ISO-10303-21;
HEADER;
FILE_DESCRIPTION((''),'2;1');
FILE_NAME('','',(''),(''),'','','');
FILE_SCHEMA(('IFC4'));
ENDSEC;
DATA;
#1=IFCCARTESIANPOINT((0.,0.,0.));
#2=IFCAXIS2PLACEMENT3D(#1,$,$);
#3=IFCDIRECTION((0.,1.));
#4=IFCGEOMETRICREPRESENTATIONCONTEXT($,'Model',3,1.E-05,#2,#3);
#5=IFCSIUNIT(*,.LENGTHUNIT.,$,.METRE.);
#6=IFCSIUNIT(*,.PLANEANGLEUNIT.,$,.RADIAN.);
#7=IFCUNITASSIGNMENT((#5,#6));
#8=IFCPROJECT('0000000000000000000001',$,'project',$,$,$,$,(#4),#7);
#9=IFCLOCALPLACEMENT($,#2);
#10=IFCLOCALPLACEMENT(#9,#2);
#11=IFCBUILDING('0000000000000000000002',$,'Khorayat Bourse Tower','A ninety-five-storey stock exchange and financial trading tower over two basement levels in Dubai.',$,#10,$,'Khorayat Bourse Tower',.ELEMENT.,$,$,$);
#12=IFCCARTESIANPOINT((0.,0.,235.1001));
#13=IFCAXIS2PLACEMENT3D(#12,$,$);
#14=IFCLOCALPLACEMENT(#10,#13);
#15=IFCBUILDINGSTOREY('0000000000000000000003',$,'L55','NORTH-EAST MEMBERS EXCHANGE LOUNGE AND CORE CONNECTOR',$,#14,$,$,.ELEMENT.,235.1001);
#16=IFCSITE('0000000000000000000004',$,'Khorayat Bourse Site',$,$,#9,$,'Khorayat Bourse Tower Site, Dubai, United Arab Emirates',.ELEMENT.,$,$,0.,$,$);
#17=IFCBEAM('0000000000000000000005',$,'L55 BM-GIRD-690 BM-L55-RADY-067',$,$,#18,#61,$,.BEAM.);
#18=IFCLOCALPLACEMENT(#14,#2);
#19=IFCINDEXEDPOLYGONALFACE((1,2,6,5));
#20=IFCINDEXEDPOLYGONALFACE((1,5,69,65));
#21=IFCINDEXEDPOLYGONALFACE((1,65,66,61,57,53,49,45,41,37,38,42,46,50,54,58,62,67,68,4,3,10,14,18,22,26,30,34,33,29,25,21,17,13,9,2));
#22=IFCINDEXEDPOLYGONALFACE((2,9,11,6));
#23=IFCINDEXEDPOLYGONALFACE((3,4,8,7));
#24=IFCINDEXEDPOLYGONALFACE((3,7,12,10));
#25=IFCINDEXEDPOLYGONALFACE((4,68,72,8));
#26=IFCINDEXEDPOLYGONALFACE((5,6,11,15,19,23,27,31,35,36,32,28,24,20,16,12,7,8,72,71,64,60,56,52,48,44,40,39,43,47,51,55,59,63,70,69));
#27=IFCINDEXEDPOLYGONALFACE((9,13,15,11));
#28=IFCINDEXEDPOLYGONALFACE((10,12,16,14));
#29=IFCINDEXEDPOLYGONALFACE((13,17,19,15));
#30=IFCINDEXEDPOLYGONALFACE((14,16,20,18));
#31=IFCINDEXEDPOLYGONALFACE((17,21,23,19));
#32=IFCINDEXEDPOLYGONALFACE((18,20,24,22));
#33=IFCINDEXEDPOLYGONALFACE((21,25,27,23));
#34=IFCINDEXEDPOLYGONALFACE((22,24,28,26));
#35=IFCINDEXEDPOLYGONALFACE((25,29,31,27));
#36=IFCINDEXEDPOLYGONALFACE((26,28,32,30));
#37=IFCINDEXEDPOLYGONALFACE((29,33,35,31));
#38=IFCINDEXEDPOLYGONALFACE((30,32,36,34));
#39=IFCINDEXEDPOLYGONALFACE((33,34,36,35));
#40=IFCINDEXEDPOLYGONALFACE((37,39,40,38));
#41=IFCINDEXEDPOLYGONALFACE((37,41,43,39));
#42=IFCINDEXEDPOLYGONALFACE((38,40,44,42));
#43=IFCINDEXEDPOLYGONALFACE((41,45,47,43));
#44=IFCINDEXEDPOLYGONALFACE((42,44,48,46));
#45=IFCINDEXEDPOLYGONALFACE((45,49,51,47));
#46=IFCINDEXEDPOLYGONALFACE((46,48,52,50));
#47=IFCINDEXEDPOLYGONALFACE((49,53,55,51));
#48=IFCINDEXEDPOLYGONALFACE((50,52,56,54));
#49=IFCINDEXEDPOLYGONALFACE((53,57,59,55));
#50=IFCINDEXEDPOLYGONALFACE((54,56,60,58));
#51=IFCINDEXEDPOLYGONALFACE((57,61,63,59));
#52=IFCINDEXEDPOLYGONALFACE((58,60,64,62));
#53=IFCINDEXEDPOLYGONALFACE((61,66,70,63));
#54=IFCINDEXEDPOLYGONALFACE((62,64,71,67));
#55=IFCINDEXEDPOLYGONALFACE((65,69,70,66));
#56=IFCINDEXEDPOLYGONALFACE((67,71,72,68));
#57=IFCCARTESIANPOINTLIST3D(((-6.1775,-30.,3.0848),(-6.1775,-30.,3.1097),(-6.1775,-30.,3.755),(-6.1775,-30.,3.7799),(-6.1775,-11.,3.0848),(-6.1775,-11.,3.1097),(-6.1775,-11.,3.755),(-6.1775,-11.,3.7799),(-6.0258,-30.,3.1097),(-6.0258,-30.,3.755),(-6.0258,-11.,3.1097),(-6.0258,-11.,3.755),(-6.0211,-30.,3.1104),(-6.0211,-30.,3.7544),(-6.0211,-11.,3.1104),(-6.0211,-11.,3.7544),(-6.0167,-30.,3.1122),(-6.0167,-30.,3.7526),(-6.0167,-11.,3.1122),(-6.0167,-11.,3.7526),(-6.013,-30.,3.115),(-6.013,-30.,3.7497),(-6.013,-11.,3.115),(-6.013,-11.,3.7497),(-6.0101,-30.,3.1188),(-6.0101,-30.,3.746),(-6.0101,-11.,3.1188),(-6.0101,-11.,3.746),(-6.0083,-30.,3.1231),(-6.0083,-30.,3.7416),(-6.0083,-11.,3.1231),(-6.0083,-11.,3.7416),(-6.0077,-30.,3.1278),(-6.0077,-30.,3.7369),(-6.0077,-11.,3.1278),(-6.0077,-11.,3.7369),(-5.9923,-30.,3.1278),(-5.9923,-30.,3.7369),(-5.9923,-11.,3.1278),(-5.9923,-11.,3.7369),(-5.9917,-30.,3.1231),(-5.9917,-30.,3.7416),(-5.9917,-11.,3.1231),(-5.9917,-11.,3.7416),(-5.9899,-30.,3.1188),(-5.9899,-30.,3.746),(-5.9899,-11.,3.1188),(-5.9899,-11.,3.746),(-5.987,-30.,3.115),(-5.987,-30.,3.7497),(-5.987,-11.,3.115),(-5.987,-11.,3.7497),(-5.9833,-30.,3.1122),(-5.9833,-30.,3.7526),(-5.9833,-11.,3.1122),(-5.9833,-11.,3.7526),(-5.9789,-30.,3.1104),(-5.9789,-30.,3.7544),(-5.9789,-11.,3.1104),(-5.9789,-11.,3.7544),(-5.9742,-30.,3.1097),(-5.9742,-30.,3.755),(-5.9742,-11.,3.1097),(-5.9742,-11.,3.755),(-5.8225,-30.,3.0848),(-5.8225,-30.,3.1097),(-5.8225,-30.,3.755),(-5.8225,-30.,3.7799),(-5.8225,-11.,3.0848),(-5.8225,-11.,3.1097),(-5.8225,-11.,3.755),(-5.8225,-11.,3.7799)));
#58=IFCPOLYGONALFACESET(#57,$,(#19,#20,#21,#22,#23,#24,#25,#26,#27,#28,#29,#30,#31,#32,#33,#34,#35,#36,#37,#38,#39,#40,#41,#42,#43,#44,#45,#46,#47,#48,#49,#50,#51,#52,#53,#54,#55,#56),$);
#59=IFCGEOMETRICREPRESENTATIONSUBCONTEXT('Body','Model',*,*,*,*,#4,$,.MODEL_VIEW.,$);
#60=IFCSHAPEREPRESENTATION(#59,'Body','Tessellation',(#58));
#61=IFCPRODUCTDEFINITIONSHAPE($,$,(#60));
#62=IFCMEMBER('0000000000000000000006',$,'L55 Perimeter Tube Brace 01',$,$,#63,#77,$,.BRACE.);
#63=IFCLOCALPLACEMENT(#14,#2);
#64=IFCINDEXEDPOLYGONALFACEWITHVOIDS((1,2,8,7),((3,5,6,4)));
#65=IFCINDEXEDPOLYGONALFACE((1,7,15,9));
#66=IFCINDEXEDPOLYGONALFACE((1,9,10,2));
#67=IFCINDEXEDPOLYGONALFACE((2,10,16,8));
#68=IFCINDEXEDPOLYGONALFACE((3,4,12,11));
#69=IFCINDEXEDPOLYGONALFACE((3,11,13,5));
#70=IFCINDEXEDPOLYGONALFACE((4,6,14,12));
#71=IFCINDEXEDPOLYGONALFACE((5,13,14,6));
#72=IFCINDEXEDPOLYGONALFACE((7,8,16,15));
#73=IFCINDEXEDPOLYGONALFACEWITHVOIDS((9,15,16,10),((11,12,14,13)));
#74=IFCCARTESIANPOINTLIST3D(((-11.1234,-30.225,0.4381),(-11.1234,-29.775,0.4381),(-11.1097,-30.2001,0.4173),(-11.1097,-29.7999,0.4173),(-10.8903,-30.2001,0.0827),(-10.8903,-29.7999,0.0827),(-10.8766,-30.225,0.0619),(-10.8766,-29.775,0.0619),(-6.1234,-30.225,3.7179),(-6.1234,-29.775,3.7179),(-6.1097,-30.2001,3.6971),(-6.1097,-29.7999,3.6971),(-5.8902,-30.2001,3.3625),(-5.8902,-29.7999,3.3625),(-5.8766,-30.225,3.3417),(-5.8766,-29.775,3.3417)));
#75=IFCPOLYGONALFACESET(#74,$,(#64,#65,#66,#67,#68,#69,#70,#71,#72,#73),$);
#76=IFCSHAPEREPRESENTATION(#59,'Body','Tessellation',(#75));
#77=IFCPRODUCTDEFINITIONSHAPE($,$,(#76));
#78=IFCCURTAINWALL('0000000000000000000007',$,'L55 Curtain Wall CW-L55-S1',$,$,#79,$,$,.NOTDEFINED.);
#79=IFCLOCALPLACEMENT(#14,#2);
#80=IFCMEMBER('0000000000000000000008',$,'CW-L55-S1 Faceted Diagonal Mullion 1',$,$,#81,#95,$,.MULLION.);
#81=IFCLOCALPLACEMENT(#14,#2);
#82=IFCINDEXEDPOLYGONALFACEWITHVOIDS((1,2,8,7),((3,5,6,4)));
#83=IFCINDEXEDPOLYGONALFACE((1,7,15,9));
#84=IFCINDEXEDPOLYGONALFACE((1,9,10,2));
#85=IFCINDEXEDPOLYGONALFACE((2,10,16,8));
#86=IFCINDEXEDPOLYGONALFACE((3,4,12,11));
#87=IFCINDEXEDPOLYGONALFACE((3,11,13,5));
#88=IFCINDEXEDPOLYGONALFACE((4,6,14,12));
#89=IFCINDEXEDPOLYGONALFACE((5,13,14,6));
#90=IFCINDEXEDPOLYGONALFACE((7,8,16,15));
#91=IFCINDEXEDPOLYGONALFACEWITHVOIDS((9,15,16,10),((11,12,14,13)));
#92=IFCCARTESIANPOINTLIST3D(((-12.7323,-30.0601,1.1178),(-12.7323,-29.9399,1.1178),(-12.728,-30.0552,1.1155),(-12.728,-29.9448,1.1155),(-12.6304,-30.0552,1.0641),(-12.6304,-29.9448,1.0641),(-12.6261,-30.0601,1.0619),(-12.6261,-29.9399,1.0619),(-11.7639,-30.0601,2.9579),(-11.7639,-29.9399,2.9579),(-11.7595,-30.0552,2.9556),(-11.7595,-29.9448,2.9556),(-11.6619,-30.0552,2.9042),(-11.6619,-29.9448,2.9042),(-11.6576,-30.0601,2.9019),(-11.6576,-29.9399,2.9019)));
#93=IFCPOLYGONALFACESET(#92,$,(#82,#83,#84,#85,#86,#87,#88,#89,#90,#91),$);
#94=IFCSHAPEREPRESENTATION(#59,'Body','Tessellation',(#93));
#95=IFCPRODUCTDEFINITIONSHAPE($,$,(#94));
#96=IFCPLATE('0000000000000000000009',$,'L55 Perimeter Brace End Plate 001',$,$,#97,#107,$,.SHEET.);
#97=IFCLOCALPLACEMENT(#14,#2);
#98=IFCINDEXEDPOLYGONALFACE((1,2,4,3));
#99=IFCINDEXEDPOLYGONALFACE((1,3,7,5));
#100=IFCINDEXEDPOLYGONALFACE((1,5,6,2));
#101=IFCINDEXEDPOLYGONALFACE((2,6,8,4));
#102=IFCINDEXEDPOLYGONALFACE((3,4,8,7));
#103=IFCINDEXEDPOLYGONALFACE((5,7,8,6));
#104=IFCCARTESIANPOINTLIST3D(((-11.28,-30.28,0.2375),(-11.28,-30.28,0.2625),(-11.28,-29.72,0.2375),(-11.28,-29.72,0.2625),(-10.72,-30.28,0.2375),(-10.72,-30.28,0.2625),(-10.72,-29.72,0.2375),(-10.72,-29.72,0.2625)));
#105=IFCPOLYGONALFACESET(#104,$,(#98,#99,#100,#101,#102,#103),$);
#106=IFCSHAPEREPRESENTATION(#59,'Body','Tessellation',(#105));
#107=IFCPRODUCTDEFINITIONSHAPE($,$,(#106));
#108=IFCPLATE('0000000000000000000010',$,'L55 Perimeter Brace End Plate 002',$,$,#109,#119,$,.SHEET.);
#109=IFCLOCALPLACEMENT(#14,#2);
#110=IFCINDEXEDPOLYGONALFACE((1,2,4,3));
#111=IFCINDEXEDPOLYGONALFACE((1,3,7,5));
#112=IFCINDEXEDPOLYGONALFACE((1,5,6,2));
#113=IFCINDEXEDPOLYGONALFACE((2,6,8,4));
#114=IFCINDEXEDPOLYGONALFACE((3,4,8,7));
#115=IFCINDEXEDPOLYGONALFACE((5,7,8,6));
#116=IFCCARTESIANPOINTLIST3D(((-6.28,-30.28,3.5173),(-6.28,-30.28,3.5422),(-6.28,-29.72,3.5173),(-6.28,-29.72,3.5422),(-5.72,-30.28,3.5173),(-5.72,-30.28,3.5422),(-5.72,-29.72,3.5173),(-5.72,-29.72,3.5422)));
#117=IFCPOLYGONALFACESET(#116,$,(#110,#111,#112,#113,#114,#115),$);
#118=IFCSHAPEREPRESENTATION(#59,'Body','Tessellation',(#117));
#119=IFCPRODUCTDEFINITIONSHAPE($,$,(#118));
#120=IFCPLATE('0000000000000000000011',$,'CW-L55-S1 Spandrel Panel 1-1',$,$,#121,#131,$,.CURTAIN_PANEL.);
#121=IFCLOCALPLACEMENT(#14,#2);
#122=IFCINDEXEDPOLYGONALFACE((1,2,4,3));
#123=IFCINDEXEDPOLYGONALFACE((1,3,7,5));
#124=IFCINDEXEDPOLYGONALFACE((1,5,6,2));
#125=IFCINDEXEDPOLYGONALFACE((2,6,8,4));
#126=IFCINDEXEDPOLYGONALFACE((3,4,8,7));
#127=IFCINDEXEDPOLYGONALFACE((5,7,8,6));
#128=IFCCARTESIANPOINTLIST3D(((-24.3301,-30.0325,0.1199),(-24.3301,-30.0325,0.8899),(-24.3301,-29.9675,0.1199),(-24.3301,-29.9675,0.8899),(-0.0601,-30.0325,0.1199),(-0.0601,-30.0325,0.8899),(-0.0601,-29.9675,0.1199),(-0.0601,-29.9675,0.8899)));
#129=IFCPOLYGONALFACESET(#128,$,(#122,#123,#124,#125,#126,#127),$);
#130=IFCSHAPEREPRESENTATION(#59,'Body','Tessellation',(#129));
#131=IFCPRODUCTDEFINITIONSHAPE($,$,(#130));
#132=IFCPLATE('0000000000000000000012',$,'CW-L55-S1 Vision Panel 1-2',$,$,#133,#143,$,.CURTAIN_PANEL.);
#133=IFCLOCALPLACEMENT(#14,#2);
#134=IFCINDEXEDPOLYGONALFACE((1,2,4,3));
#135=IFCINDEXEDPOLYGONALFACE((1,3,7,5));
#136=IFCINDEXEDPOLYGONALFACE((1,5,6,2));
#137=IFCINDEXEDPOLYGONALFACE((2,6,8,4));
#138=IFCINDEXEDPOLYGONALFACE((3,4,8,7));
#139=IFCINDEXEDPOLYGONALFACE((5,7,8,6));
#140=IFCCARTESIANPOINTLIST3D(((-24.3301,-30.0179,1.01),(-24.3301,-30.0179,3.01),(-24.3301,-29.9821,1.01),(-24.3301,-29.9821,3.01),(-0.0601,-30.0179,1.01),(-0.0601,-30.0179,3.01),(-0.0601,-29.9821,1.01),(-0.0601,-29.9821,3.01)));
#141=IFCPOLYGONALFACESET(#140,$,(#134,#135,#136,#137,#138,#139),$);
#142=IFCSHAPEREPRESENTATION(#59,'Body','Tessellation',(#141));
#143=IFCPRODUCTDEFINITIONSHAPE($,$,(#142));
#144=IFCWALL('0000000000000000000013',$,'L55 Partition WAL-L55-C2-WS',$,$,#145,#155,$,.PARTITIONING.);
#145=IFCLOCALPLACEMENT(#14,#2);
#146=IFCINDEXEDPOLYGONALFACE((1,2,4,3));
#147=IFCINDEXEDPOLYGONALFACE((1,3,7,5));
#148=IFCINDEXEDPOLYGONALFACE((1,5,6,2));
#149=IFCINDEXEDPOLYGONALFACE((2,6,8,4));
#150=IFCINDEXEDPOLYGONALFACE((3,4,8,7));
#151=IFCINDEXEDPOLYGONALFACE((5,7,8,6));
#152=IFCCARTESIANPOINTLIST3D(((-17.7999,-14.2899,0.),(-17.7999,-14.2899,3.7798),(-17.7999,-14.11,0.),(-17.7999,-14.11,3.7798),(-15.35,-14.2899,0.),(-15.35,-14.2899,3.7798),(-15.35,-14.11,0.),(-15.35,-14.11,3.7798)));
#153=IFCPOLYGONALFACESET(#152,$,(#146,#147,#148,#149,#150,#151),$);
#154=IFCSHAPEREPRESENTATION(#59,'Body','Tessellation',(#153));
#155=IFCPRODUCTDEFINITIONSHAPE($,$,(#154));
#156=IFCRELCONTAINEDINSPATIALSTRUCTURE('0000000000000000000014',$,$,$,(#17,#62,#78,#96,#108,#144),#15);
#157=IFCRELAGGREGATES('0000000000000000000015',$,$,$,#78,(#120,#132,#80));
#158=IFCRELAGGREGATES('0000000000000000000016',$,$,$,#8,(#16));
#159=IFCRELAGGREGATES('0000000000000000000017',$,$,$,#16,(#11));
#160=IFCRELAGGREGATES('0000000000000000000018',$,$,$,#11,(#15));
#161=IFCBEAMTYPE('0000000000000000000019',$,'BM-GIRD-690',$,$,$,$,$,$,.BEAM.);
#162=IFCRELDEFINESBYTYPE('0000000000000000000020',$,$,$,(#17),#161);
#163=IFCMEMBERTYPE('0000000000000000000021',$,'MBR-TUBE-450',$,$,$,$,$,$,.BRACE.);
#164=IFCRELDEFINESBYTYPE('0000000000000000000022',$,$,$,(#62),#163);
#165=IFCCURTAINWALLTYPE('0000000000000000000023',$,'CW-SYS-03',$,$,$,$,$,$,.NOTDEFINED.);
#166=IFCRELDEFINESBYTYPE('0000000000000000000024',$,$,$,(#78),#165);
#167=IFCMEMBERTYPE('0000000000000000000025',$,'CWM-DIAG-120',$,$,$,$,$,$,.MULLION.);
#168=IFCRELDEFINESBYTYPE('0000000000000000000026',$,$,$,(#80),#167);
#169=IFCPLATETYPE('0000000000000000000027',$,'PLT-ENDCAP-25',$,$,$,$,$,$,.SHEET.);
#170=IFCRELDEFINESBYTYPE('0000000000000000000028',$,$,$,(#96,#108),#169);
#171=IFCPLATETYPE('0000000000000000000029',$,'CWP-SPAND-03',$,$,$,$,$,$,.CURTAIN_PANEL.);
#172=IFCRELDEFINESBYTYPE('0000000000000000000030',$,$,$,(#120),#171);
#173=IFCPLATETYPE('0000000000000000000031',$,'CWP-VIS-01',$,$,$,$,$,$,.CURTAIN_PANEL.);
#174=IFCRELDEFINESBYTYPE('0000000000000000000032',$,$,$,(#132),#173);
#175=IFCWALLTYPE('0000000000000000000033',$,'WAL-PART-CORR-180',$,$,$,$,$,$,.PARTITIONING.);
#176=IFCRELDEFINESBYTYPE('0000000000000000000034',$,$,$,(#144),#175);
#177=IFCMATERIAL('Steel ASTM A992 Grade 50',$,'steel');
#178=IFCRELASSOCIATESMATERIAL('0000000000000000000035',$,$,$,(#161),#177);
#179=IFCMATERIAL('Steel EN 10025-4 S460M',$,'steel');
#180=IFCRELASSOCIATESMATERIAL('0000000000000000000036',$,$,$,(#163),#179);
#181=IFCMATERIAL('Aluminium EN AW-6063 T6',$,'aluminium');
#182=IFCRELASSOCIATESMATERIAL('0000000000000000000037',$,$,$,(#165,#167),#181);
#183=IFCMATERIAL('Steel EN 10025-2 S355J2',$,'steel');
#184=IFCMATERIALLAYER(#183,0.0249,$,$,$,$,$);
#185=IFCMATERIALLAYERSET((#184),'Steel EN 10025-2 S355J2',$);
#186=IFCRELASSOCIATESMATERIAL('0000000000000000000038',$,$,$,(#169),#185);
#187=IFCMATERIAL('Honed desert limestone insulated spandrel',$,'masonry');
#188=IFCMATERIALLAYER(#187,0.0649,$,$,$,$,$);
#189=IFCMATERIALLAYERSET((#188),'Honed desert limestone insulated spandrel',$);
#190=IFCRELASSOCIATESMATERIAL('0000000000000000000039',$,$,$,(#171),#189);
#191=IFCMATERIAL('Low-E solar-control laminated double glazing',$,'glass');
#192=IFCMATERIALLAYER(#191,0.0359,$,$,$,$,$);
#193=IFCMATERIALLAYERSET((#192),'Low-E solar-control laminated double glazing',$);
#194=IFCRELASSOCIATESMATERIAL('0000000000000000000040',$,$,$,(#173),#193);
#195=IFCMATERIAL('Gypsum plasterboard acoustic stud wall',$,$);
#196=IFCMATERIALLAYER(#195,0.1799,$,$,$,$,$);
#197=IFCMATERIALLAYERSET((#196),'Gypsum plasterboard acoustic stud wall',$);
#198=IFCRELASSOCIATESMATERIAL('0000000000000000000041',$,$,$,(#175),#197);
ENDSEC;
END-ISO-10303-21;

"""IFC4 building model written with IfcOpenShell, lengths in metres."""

from ifc_helpers import new_model, si_unit, direction, frame, frame_2d, origin, origin_2d, place, context, subcontext, project, spatial, rectangle, hollow_rectangle, i_section, extrude, source, transform, mapped, material, layer, layer_set, material_profile, profile_set, type_object, element, aggregate, save


model = new_model("IFC4")

# Units and contexts
model_context = context("Model", 3, precision=1e-05, world=origin(), true_north=direction((0.0, 1.0)))
body_context = subcontext(model_context, "Body", "Model", "MODEL_VIEW")
ifc_project = project(units=[si_unit("LENGTHUNIT", "METRE"), si_unit("PLANEANGLEUNIT", "RADIAN")], contexts=[model_context])

# Site, building, storey
site_placement = place(None, origin())
site = spatial("IfcSite", under=ifc_project, at=site_placement, Name="Khorayat Bourse Site", LongName="Khorayat Bourse Tower Site, Dubai, United Arab Emirates", CompositionType="ELEMENT", RefElevation=0.0)
building_placement = place(site_placement, origin())
building = spatial("IfcBuilding", under=site, at=building_placement, Name="Khorayat Bourse Tower", Description="A ninety-five-storey stock exchange and financial trading tower over two basement levels in Dubai.", LongName="Khorayat Bourse Tower", CompositionType="ELEMENT")
storey_placement = place(building_placement, frame((0.0, 0.0, 235.1001)))
storey = spatial("IfcBuildingStorey", under=building, at=storey_placement, Name="L55", Description="NORTH-EAST MEMBERS EXCHANGE LOUNGE AND CORE CONNECTOR", CompositionType="ELEMENT", Elevation=235.1001)

# Shared definitions
ifc_material_1 = material(Name="Steel EN 10025-4 S460M", Category="steel")

# Beam
ifc_material_2 = material(Name="Steel ASTM A992 Grade 50", Category="steel")
ifc_material_profile_1 = material_profile(ifc_material_2, i_section(OverallWidth=0.355, OverallDepth=0.6951, WebThickness=0.0154, FlangeThickness=0.0249, FilletRadius=0.0181, at=origin_2d()), Name="W690X217")
ifc_profile_set_1 = profile_set([ifc_material_profile_1], Name="Steel ASTM A992 Grade 50")
beam_type_1 = type_object("IfcBeamType", Name="BM-GIRD-690", PredefinedType="BEAM", material=ifc_profile_set_1)
shared_shape_1 = source(origin(), body_context, "Body", "SweptSolid", [
    extrude(i_section(OverallWidth=0.355, OverallDepth=0.6951, WebThickness=0.0154, FlangeThickness=0.0249, FilletRadius=0.0181, at=origin_2d()), origin(), (0.0, 0.0, 1.0), 19.0),
])
for number, where, z_axis, x_axis, name in (
    (1, (-6.0, -30.0, 3.4324), (0.0, 1.0, 0.0), (-1.0, 0.0, 0.0), "L55 BM-GIRD-690 BM-L55-RADY-067"),
):
    element("IfcBeam", number, at=place(storey_placement, frame(where, z_axis=z_axis, x_axis=x_axis)), inside=storey, type_object=beam_type_1, Name=name, PredefinedType="BEAM", context=body_context, shape_type="MappedRepresentation", body=[
        mapped(shared_shape_1, transform((0.0, 0.0, 0.0), scale=1.0)),
    ])

# Member
ifc_material_profile_2 = material_profile(ifc_material_1, hollow_rectangle(XDim=0.45, YDim=0.45, WallThickness=0.0249, at=origin_2d()), Name="HSS 450x450x25")
ifc_profile_set_2 = profile_set([ifc_material_profile_2], Name="Steel EN 10025-4 S460M")
member_type_1 = type_object("IfcMemberType", Name="MBR-TUBE-450", PredefinedType="BRACE", material=ifc_profile_set_2)
shared_shape_2 = source(origin(), body_context, "Body", "SweptSolid", [
    extrude(hollow_rectangle(XDim=0.45, YDim=0.45, WallThickness=0.0249, at=origin_2d()), origin(), (0.0, 0.0, 1.0), 5.9797),
])
member_1_placement = place(storey_placement, frame((-11.0, -30.0, 0.25), z_axis=(0.83616, 0.0, 0.548485), x_axis=(0.0, 1.0, 0.0)))
element("IfcMember", 2, at=member_1_placement, inside=storey, type_object=member_type_1, Name="L55 Perimeter Tube Brace 01", PredefinedType="BRACE", context=body_context, shape_type="MappedRepresentation", body=[
    mapped(shared_shape_2, transform((0.0, 0.0, 0.0), scale=1.0)),
])

# Curtain wall, member
ifc_material_3 = material(Name="Aluminium EN AW-6063 T6", Category="aluminium")
curtain_wall_type = type_object("IfcCurtainWallType", Name="CW-SYS-03", PredefinedType="NOTDEFINED", material=ifc_material_3)
curtain_wall_placement = place(storey_placement, origin())
curtain_wall = element("IfcCurtainWall", 3, at=curtain_wall_placement, inside=storey, type_object=curtain_wall_type, Name="L55 Curtain Wall CW-L55-S1", PredefinedType="NOTDEFINED")
ifc_material_profile_3 = material_profile(ifc_material_3, hollow_rectangle(XDim=0.1201, YDim=0.1201, WallThickness=0.0049, at=origin_2d()), Name="ALU 120x120x5")
ifc_profile_set_3 = profile_set([ifc_material_profile_3], Name="Aluminium EN AW-6063 T6")
member_type_2 = type_object("IfcMemberType", Name="CWM-DIAG-120", PredefinedType="MULLION", material=ifc_profile_set_3)
shared_shape_3 = source(origin(), body_context, "Body", "SweptSolid", [
    extrude(hollow_rectangle(XDim=0.1201, YDim=0.1201, WallThickness=0.0049, at=origin_2d()), origin(), (0.0, 0.0, 1.0), 2.0793),
])
member_2_placement = place(storey_placement, frame((-12.6792, -30.0, 1.0898), z_axis=(0.465761, 0.0, 0.884911), x_axis=(0.0, 1.0, 0.0)))
member_2 = element("IfcMember", 4, at=member_2_placement, type_object=member_type_2, Name="CW-L55-S1 Faceted Diagonal Mullion 1", PredefinedType="MULLION", context=body_context, shape_type="MappedRepresentation", body=[
    mapped(shared_shape_3, transform((0.0, 0.0, 0.0), scale=1.0)),
])

# Plates
ifc_material_4 = material(Name="Steel EN 10025-2 S355J2", Category="steel")
ifc_layer_1 = layer(ifc_material_4, 0.0249)
ifc_layer_set_1 = layer_set([ifc_layer_1], Name="Steel EN 10025-2 S355J2")
plate_type_1 = type_object("IfcPlateType", Name="PLT-ENDCAP-25", PredefinedType="SHEET", material=ifc_layer_set_1)
shared_shape_4 = source(origin(), body_context, "Body", "SweptSolid", [
    extrude(rectangle(XDim=0.5601, YDim=0.5601, at=origin_2d()), origin(), (0.0, 0.0, 1.0), 0.0249),
])
for number, where, z_axis, x_axis, name in (
    (5, (-11.0, -30.0, 0.2375), (0.0, 0.0, 1.0), (1.0, 0.0, 0.0), "L55 Perimeter Brace End Plate 001"),
    (6, (-6.0, -30.0, 3.5173), (0.0, 0.0, 1.0), (1.0, 0.0, 0.0), "L55 Perimeter Brace End Plate 002"),
):
    element("IfcPlate", number, at=place(storey_placement, frame(where, z_axis=z_axis, x_axis=x_axis)), inside=storey, type_object=plate_type_1, Name=name, PredefinedType="SHEET", context=body_context, shape_type="MappedRepresentation", body=[
        mapped(shared_shape_4, transform((0.0, 0.0, 0.0), scale=1.0)),
    ])

# Plates
ifc_material_5 = material(Name="Honed desert limestone insulated spandrel", Category="masonry")
ifc_layer_2 = layer(ifc_material_5, 0.0649)
ifc_layer_set_2 = layer_set([ifc_layer_2], Name="Honed desert limestone insulated spandrel")
plate_type_2 = type_object("IfcPlateType", Name="CWP-SPAND-03", PredefinedType="CURTAIN_PANEL", material=ifc_layer_set_2)
shared_shape_5 = source(origin(), body_context, "Body", "SweptSolid", [
    extrude(rectangle(XDim=24.27, YDim=0.0649, at=origin_2d()), origin(), (0.0, 0.0, 1.0), 0.77),
])
plate_1_placement = place(storey_placement, frame((-12.1951, -30.0, 0.1199), z_axis=(0.0, 0.0, 1.0), x_axis=(1.0, 0.0, 0.0)))
plate_1 = element("IfcPlate", 7, at=plate_1_placement, type_object=plate_type_2, Name="CW-L55-S1 Spandrel Panel 1-1", PredefinedType="CURTAIN_PANEL", context=body_context, shape_type="MappedRepresentation", body=[
    mapped(shared_shape_5, transform((0.0, 0.0, 0.0), scale=1.0)),
])
ifc_material_6 = material(Name="Low-E solar-control laminated double glazing", Category="glass")
ifc_layer_3 = layer(ifc_material_6, 0.0359)
ifc_layer_set_3 = layer_set([ifc_layer_3], Name="Low-E solar-control laminated double glazing")
plate_type_3 = type_object("IfcPlateType", Name="CWP-VIS-01", PredefinedType="CURTAIN_PANEL", material=ifc_layer_set_3)
shared_shape_6 = source(origin(), body_context, "Body", "SweptSolid", [
    extrude(rectangle(XDim=24.27, YDim=0.0359, at=origin_2d()), origin(), (0.0, 0.0, 1.0), 2.0),
])
plate_2_placement = place(storey_placement, frame((-12.1951, -30.0, 1.01), z_axis=(0.0, 0.0, 1.0), x_axis=(1.0, 0.0, 0.0)))
plate_2 = element("IfcPlate", 8, at=plate_2_placement, type_object=plate_type_3, Name="CW-L55-S1 Vision Panel 1-2", PredefinedType="CURTAIN_PANEL", context=body_context, shape_type="MappedRepresentation", body=[
    mapped(shared_shape_6, transform((0.0, 0.0, 0.0), scale=1.0)),
])
aggregate(curtain_wall, [plate_1, plate_2, member_2])

# Wall
ifc_material_7 = material(Name="Gypsum plasterboard acoustic stud wall")
ifc_layer_4 = layer(ifc_material_7, 0.1799)
ifc_layer_set_4 = layer_set([ifc_layer_4], Name="Gypsum plasterboard acoustic stud wall")
wall_type_1 = type_object("IfcWallType", Name="WAL-PART-CORR-180", PredefinedType="PARTITIONING", material=ifc_layer_set_4)
shared_shape_7 = source(origin(), body_context, "Body", "SweptSolid", [
    extrude(rectangle(XDim=2.45, YDim=0.1799, at=frame_2d((1.2251, 0.0))), origin(), (0.0, 0.0, 1.0), 3.7798),
])
wall_1_placement = place(storey_placement, frame((-17.8, -14.2, 0.0), z_axis=(0.0, 0.0, 1.0), x_axis=(1.0, 0.0, 0.0)))
element("IfcWall", 9, at=wall_1_placement, inside=storey, type_object=wall_type_1, Name="L55 Partition WAL-L55-C2-WS", PredefinedType="PARTITIONING", context=body_context, shape_type="MappedRepresentation", body=[
    mapped(shared_shape_7, transform((0.0, 0.0, 0.0), scale=1.0)),
])

save(model, "model.ifc")
